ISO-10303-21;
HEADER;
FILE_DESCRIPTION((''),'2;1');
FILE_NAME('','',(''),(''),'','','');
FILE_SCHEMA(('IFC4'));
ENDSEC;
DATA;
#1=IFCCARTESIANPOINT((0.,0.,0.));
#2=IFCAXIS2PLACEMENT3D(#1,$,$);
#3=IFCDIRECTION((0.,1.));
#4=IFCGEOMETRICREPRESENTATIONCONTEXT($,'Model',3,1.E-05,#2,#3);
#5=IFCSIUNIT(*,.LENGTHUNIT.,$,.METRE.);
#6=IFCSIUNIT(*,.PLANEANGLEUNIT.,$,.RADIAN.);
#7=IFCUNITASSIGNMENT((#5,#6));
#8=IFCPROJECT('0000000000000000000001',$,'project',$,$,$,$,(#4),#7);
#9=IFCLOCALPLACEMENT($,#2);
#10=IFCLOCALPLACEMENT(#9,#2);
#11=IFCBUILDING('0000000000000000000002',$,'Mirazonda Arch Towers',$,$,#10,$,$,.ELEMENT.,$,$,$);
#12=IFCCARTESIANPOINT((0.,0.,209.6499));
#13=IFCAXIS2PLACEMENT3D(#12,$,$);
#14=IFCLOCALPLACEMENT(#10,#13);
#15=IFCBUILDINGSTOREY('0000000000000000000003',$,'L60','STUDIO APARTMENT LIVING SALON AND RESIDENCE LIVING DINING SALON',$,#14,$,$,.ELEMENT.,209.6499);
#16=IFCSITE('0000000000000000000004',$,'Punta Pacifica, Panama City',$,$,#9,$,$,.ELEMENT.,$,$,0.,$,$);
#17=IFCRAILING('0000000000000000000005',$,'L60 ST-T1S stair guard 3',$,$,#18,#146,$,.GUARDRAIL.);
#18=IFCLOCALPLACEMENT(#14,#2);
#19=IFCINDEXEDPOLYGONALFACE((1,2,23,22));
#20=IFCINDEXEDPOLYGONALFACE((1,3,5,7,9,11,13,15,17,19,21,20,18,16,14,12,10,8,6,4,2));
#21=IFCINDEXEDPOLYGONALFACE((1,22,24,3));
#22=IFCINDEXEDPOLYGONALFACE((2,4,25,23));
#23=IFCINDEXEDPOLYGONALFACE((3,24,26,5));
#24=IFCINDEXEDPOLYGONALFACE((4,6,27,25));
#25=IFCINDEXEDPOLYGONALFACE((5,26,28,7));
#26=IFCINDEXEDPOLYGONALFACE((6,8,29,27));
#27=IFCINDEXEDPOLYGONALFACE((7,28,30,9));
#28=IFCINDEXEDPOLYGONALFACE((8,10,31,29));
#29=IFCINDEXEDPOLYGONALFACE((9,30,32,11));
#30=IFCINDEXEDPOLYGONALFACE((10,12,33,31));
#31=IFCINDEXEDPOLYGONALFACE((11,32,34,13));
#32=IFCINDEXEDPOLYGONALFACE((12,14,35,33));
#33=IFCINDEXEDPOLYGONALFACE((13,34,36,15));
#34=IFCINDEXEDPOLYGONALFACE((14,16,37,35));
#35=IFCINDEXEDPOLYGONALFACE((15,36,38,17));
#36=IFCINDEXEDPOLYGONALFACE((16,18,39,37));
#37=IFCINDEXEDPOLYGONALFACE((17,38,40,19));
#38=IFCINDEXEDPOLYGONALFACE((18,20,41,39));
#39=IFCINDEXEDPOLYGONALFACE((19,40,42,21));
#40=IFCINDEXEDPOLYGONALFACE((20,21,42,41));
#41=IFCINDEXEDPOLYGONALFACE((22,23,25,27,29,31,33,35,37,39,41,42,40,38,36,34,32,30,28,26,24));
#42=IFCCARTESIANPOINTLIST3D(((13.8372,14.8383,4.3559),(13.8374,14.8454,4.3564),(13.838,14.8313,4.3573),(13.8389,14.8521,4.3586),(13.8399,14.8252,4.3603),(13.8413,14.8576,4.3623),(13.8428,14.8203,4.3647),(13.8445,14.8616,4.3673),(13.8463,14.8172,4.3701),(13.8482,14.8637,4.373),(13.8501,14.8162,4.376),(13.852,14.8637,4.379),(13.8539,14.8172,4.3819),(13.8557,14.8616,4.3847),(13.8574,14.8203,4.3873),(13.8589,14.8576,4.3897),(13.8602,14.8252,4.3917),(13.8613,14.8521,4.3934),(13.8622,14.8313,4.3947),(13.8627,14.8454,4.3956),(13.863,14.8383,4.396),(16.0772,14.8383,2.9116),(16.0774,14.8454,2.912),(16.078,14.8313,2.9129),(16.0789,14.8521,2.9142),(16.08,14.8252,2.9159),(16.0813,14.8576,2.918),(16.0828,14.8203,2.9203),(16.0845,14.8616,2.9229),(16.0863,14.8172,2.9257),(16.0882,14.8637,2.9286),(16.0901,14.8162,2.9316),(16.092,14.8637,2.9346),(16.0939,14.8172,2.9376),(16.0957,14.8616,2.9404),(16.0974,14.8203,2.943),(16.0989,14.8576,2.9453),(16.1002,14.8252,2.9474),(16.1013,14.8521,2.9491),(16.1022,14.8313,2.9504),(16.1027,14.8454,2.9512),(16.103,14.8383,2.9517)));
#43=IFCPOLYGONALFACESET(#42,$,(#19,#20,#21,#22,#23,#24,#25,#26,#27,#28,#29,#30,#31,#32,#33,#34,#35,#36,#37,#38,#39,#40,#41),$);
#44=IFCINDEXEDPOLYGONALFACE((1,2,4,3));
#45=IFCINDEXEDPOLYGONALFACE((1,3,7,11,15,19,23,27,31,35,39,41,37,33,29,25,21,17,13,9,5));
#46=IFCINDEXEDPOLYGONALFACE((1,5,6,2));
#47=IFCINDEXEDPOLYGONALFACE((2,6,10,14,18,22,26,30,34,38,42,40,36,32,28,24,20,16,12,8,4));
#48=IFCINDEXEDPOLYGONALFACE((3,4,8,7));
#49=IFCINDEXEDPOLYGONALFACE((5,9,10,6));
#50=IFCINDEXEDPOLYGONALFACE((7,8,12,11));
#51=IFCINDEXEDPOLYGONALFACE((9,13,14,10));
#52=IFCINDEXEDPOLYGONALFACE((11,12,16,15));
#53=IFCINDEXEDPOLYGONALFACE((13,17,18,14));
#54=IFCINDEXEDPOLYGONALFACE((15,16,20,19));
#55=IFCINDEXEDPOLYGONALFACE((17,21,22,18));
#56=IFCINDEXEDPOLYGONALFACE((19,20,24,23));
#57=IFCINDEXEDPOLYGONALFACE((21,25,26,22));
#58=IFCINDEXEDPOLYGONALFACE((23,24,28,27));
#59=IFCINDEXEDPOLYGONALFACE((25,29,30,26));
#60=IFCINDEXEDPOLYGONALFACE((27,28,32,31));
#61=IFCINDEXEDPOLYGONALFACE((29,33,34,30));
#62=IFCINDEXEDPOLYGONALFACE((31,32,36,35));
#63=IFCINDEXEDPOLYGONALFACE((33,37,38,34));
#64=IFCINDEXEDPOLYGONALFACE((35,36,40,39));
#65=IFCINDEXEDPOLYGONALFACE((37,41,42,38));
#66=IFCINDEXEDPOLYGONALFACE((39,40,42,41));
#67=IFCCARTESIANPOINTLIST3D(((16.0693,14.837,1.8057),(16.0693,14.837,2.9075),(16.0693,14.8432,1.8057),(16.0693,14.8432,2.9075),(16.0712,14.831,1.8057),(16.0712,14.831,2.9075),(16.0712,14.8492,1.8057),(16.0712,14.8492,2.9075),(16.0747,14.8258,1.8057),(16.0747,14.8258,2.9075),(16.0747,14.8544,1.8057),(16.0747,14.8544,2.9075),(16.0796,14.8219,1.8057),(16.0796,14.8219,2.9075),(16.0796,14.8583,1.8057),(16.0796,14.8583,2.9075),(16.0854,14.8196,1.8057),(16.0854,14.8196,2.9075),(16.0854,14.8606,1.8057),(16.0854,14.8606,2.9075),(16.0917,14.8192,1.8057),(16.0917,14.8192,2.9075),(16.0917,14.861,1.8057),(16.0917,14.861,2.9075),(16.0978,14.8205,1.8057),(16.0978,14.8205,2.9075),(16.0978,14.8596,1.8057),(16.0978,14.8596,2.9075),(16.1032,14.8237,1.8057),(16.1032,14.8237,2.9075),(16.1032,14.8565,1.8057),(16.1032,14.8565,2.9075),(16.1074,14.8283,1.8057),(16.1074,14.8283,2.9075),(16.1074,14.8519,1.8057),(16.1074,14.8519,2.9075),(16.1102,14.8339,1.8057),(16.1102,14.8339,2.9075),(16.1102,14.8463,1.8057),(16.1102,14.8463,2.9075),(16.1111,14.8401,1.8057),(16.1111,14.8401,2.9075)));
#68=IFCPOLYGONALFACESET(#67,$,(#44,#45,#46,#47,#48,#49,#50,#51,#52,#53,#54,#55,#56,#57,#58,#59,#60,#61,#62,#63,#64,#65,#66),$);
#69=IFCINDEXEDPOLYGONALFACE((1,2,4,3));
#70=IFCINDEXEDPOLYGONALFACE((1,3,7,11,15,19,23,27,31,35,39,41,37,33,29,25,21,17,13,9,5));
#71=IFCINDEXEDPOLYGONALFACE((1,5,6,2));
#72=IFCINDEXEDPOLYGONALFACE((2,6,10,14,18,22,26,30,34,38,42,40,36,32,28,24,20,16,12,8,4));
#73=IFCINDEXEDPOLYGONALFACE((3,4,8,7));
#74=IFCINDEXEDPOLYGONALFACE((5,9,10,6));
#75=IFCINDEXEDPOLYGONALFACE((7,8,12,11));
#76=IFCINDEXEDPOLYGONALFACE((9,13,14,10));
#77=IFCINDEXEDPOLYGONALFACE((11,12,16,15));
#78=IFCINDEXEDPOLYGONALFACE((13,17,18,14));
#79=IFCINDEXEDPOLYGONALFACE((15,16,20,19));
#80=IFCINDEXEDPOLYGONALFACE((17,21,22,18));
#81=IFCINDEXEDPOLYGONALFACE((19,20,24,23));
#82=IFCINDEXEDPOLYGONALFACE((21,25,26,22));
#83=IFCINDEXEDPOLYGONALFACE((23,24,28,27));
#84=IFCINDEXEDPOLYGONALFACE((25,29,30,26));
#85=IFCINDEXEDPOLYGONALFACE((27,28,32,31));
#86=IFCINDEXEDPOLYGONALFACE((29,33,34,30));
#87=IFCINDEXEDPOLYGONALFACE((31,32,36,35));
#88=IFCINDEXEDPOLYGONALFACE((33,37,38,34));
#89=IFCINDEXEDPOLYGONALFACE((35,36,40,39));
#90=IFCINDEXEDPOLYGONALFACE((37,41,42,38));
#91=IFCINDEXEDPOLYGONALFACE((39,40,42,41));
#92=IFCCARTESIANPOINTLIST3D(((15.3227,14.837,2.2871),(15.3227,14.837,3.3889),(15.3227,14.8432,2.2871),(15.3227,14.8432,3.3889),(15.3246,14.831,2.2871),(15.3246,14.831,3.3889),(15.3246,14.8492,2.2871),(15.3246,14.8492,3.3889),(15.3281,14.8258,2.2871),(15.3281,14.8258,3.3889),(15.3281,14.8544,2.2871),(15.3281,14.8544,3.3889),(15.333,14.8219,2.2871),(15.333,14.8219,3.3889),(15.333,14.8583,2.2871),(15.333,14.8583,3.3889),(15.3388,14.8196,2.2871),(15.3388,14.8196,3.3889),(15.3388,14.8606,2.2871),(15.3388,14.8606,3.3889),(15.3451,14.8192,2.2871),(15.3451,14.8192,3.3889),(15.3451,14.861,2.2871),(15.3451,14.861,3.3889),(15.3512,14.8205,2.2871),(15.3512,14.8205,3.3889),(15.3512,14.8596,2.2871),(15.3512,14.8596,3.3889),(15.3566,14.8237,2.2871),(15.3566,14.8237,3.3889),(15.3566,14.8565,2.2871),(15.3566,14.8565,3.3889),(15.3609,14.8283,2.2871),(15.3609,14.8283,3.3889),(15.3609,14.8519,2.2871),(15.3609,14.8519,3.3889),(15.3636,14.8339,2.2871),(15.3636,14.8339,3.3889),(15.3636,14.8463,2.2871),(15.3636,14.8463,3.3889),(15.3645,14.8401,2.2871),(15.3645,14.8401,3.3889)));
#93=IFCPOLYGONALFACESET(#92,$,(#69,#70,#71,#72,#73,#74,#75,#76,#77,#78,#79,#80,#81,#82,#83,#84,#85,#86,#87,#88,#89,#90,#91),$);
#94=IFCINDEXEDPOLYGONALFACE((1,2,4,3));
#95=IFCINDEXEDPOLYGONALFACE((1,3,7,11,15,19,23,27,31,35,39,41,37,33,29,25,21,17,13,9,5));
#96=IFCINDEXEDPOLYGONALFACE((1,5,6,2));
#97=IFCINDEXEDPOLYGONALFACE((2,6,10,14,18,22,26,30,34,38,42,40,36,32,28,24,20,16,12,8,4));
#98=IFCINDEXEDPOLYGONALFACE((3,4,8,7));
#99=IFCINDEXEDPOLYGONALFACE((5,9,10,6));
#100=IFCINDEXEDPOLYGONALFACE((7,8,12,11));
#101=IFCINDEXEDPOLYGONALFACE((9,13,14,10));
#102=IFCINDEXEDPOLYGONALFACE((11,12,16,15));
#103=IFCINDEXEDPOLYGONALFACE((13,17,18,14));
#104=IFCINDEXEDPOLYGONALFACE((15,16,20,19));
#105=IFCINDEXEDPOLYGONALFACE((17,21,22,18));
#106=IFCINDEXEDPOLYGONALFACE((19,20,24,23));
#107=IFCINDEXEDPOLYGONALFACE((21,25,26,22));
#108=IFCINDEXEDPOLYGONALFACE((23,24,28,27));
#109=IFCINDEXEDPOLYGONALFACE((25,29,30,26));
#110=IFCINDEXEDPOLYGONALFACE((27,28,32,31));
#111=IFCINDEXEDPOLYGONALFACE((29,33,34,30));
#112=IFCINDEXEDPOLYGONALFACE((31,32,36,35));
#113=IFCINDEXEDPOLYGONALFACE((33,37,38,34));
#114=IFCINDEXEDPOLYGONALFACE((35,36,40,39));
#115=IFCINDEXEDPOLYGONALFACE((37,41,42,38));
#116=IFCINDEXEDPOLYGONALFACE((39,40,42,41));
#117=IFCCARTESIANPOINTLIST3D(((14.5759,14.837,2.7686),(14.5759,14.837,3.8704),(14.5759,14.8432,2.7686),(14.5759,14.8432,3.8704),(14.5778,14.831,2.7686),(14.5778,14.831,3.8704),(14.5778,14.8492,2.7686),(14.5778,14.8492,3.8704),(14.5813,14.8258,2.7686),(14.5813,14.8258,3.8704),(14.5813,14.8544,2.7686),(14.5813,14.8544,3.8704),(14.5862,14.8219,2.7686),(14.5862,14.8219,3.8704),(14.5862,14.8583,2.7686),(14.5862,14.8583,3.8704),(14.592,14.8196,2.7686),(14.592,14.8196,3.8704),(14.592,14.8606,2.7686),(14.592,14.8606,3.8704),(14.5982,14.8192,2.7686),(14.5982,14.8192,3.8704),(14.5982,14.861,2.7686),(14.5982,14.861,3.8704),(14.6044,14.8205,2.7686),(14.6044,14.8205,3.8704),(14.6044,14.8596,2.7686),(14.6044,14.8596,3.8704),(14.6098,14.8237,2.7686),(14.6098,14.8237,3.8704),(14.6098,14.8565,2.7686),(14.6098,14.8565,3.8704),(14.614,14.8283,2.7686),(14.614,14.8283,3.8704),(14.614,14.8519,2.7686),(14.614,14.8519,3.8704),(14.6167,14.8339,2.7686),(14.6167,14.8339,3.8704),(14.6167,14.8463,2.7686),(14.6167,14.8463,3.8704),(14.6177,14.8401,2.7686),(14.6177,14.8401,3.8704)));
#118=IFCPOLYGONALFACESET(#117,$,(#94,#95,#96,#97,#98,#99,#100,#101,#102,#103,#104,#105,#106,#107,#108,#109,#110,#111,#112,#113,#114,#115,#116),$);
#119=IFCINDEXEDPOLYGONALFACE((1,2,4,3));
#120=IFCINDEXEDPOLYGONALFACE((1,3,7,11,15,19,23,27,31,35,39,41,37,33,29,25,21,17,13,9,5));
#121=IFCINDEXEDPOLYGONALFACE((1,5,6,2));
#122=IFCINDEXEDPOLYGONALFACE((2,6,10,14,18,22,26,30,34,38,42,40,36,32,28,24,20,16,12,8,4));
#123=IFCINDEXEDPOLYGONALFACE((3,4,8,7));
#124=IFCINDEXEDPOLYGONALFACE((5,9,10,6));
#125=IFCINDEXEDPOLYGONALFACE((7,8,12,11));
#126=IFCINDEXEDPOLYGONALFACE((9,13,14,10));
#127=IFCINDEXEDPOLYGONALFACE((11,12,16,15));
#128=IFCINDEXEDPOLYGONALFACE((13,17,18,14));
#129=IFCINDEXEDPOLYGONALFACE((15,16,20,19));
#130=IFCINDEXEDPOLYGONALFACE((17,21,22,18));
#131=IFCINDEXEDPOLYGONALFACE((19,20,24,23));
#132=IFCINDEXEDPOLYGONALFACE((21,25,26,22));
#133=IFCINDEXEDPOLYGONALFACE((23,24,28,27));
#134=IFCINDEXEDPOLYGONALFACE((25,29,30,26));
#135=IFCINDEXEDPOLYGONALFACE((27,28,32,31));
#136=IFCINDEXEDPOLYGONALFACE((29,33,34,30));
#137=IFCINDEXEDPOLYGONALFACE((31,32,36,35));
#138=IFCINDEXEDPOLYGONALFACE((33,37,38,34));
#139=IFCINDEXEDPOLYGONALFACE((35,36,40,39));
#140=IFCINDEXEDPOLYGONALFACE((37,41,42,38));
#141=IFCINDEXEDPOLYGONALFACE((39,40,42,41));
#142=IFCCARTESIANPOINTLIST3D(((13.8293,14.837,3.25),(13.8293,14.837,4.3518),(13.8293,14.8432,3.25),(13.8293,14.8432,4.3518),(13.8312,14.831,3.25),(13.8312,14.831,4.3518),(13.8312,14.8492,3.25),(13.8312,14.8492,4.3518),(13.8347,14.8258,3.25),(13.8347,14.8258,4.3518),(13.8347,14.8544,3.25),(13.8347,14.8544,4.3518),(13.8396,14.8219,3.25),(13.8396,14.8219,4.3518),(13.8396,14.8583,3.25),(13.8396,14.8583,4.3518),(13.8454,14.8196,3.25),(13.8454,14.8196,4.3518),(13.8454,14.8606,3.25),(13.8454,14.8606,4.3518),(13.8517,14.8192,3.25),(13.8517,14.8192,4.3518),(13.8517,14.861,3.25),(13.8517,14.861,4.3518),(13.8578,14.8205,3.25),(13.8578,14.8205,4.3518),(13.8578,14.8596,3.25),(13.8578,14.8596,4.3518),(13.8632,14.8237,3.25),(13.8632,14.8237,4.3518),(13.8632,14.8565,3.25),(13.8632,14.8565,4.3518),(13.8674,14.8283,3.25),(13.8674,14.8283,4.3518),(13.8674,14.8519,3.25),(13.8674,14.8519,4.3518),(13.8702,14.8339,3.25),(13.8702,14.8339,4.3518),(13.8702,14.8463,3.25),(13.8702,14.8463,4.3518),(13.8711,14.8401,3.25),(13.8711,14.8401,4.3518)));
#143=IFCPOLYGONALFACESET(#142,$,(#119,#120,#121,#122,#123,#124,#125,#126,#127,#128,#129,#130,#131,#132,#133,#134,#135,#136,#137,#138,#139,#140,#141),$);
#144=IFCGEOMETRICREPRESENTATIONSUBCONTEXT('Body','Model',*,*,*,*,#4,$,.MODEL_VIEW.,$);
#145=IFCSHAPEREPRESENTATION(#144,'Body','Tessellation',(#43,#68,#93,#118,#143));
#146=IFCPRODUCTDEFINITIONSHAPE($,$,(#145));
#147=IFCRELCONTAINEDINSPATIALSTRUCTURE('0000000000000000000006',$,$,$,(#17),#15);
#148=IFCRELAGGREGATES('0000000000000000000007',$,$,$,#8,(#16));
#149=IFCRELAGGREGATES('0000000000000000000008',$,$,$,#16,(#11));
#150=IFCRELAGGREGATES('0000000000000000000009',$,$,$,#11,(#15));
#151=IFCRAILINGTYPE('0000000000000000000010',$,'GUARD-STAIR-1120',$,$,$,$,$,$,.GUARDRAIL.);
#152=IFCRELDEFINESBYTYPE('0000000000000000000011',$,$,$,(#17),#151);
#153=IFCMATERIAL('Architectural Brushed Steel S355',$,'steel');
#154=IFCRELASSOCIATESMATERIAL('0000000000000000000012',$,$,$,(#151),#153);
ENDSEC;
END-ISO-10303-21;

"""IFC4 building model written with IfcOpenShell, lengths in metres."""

from ifc_helpers import new_model, si_unit, direction, frame, origin, origin_2d, place, context, subcontext, project, spatial, circle, extrude, material, type_object, element, save


model = new_model("IFC4")

# Units and contexts
model_context = context("Model", 3, precision=1e-05, world=origin(), true_north=direction((0.0, 1.0)))
body_context = subcontext(model_context, "Body", "Model", "MODEL_VIEW")
ifc_project = project(units=[si_unit("LENGTHUNIT", "METRE"), si_unit("PLANEANGLEUNIT", "RADIAN")], contexts=[model_context])

# Site, building, storey
site_placement = place(None, origin())
site = spatial("IfcSite", under=ifc_project, at=site_placement, Name="Punta Pacifica, Panama City", CompositionType="ELEMENT", RefElevation=0.0)
building_placement = place(site_placement, origin())
building = spatial("IfcBuilding", under=site, at=building_placement, Name="Mirazonda Arch Towers", CompositionType="ELEMENT")
storey_placement = place(building_placement, frame((0.0, 0.0, 209.6499)))
storey = spatial("IfcBuildingStorey", under=building, at=storey_placement, Name="L60", Description="STUDIO APARTMENT LIVING SALON AND RESIDENCE LIVING DINING SALON", CompositionType="ELEMENT", Elevation=209.6499)

# Shared definitions
ifc_material_1 = material(Name="Architectural Brushed Steel S355", Category="steel")

# Railing
railing_type_1 = type_object("IfcRailingType", Name="GUARD-STAIR-1120", PredefinedType="GUARDRAIL", material=ifc_material_1)
railing_1_placement = place(storey_placement, frame((16.0901, 14.8401, 1.8057)))
element("IfcRailing", 1, at=railing_1_placement, inside=storey, type_object=railing_type_1, Name="L60 ST-T1S stair guard 3", PredefinedType="GUARDRAIL", context=body_context, shape_type="SweptSolid", body=[
    extrude(circle(Radius=0.0239, at=origin_2d()), frame((0.0, 0.0, 1.126), z_axis=(-0.840437, 0.0, 0.54191), x_axis=(0.0, -1.0, 0.0)), (0.0, 0.0, 1.0), 2.6653),
    extrude(circle(Radius=0.021, at=origin_2d()), origin(), (0.0, 0.0, 1.0), 1.1018),
    extrude(circle(Radius=0.021, at=origin_2d()), frame((-0.7466, 0.0, 0.4814)), (0.0, 0.0, 1.0), 1.1018),
    extrude(circle(Radius=0.021, at=origin_2d()), frame((-1.4934, 0.0, 0.9629)), (0.0, 0.0, 1.0), 1.1018),
    extrude(circle(Radius=0.021, at=origin_2d()), frame((-2.24, 0.0, 1.4443)), (0.0, 0.0, 1.0), 1.1018),
])

save(model, "model.ifc")
